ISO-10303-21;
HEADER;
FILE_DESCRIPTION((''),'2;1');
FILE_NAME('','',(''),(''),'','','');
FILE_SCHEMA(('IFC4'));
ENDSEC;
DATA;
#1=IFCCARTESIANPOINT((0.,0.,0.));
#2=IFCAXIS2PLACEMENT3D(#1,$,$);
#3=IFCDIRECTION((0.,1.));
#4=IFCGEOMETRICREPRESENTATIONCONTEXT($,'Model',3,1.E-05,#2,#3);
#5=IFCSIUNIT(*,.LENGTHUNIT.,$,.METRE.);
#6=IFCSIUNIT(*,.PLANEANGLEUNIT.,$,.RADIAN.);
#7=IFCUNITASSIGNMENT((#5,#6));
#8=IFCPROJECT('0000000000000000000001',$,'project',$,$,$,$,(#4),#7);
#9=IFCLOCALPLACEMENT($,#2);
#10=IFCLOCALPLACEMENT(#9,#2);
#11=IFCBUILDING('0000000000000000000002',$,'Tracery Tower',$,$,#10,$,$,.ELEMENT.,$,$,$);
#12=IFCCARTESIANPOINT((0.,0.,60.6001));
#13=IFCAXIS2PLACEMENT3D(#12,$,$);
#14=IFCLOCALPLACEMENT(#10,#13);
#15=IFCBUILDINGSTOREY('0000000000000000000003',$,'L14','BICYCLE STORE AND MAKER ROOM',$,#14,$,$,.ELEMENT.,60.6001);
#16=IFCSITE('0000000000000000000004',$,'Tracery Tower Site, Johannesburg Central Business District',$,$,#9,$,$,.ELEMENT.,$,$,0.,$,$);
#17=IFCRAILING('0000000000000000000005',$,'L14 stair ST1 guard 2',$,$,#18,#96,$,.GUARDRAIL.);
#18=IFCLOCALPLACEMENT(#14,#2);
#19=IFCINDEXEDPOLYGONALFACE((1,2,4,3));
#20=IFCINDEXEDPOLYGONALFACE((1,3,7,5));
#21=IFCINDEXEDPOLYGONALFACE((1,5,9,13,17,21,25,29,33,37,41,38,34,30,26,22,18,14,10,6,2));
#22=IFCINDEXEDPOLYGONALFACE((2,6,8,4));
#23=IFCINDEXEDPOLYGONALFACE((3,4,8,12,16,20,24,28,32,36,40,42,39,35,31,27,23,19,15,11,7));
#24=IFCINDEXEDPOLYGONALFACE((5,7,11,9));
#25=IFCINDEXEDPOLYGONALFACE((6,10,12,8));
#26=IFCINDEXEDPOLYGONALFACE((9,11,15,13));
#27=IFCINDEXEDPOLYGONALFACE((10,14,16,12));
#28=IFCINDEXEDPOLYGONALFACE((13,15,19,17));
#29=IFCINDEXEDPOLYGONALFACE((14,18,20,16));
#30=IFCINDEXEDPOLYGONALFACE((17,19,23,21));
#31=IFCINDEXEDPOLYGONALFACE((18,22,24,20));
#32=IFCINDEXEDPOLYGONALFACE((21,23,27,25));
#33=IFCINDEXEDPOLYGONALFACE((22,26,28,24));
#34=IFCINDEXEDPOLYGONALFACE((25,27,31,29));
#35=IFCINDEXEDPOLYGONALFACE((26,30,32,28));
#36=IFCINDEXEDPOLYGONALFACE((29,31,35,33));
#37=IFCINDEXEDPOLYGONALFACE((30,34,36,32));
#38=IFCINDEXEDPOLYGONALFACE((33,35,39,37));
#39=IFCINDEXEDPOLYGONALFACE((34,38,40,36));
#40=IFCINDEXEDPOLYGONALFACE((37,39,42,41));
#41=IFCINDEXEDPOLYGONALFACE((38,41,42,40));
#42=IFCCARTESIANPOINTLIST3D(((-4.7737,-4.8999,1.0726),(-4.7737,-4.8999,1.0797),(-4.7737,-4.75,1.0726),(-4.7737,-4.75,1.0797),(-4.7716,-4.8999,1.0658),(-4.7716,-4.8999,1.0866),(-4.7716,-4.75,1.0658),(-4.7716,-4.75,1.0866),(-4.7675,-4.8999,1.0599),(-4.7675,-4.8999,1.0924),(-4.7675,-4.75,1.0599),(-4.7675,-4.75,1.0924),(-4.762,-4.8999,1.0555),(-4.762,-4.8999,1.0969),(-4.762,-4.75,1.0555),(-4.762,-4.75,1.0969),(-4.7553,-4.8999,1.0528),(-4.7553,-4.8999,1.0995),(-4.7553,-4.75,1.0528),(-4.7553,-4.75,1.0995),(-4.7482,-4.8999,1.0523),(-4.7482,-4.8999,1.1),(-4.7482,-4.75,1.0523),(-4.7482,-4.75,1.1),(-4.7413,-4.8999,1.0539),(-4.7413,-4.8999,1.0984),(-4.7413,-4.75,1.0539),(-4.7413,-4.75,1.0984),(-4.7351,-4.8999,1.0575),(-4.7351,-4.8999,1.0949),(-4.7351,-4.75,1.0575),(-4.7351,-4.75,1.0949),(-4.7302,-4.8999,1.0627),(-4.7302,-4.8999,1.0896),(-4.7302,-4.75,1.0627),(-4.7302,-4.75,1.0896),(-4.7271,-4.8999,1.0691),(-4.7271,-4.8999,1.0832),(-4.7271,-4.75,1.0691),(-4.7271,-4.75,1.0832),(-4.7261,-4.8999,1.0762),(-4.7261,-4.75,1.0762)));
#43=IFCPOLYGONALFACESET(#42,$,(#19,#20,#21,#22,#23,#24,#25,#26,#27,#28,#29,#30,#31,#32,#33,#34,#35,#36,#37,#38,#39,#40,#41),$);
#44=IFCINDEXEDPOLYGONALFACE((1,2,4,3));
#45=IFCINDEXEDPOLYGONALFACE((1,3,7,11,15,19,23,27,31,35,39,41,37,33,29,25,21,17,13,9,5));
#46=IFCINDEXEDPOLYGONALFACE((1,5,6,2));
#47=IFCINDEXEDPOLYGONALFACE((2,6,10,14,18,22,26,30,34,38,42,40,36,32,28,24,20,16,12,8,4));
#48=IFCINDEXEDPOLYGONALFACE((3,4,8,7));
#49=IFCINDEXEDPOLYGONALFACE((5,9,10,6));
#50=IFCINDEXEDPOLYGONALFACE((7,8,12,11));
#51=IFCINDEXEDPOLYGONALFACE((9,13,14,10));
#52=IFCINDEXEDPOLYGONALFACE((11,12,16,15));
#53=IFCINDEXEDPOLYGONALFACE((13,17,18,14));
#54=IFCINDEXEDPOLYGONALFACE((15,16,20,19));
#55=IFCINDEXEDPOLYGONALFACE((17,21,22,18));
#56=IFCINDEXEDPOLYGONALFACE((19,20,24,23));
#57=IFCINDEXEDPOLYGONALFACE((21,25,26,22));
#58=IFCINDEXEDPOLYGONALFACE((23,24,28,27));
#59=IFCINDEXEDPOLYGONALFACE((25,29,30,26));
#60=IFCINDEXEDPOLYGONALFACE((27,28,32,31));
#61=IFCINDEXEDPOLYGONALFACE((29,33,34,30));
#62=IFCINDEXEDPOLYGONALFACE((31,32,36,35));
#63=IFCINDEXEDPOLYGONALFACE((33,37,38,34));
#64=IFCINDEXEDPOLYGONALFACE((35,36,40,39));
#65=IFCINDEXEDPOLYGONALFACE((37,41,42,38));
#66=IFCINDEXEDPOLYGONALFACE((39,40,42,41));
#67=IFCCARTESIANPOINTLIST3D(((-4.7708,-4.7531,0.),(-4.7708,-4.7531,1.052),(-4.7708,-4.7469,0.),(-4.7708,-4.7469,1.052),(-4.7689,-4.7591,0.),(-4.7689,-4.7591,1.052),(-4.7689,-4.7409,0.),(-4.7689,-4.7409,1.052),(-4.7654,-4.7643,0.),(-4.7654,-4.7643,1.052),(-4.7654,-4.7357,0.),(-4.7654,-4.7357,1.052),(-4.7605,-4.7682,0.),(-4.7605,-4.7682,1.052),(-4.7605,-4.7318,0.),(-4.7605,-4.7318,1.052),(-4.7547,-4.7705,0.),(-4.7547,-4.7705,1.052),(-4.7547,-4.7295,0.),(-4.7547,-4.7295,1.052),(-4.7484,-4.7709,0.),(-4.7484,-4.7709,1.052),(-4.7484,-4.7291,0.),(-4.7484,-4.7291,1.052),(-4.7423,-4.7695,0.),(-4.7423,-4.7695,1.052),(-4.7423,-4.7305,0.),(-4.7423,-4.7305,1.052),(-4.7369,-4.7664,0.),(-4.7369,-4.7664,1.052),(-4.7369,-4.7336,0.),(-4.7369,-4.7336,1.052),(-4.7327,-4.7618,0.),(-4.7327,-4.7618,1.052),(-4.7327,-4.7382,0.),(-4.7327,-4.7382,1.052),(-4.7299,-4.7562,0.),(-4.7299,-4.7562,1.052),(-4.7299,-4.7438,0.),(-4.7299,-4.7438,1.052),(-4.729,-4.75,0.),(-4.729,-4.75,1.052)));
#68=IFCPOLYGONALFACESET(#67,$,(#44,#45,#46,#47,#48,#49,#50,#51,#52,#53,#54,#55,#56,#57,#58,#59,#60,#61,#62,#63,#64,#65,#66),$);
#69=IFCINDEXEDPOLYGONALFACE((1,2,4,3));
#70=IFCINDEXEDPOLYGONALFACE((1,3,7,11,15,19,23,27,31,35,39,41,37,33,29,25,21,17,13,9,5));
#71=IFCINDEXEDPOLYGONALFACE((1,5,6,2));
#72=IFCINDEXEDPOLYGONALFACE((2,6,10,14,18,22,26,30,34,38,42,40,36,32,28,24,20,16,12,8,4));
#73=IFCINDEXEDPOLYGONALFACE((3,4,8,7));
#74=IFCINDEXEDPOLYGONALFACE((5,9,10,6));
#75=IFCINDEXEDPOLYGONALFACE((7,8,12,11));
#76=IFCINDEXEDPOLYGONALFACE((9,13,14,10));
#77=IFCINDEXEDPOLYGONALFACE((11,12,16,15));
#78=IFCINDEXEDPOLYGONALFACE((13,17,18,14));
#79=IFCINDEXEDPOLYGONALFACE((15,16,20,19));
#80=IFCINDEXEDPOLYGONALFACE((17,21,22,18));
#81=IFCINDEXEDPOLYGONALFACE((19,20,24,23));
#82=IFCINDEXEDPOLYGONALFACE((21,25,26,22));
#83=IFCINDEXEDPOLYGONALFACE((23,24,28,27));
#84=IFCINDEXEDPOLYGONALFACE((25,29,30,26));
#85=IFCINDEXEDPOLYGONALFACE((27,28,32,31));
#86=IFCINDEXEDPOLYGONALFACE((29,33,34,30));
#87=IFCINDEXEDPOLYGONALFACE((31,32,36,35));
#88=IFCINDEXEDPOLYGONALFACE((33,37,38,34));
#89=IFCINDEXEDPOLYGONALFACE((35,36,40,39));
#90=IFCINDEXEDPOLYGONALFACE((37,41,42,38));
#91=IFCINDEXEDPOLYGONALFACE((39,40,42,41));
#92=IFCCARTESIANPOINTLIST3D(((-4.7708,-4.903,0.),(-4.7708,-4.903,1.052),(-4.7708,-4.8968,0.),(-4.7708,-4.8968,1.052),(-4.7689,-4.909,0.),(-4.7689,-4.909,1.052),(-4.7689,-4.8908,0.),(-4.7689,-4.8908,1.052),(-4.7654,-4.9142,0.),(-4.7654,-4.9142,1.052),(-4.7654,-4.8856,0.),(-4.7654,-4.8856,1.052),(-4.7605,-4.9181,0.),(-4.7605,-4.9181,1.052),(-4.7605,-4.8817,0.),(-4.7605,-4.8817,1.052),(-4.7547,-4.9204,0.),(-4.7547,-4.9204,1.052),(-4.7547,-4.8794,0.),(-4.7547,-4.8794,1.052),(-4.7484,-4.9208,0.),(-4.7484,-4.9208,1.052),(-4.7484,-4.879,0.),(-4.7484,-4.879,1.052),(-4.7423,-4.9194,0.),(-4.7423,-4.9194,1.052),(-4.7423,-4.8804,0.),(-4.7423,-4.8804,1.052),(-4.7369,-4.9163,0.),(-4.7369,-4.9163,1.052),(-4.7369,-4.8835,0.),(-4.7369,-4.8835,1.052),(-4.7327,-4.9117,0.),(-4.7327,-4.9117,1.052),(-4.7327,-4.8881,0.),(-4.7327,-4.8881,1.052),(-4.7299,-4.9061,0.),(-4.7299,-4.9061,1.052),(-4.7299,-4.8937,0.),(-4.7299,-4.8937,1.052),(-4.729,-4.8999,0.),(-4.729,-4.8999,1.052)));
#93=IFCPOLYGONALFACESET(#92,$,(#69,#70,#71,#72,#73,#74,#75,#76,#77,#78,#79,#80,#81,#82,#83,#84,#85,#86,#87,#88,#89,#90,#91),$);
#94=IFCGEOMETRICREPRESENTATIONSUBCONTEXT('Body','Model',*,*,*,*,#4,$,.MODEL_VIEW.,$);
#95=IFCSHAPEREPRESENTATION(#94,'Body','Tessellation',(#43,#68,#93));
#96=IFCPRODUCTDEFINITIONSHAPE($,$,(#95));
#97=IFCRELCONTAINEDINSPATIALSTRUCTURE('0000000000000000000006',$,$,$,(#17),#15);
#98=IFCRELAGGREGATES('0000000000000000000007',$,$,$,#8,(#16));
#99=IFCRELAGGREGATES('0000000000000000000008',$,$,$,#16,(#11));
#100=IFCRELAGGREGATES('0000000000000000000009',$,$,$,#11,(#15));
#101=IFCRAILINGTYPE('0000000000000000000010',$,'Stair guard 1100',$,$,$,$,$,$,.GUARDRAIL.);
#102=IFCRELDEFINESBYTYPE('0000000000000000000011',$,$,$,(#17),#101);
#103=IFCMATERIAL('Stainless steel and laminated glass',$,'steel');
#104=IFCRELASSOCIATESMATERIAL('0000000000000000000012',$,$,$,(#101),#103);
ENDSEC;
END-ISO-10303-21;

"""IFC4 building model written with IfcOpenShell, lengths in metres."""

from ifc_helpers import new_model, si_unit, direction, frame, origin, origin_2d, place, context, subcontext, project, spatial, circle, extrude, material, type_object, element, save


model = new_model("IFC4")

# Units and contexts
model_context = context("Model", 3, precision=1e-05, world=origin(), true_north=direction((0.0, 1.0)))
body_context = subcontext(model_context, "Body", "Model", "MODEL_VIEW")
ifc_project = project(units=[si_unit("LENGTHUNIT", "METRE"), si_unit("PLANEANGLEUNIT", "RADIAN")], contexts=[model_context])

# Site, building, storey
site_placement = place(None, origin())
site = spatial("IfcSite", under=ifc_project, at=site_placement, Name="Tracery Tower Site, Johannesburg Central Business District", CompositionType="ELEMENT", RefElevation=0.0)
building_placement = place(site_placement, origin())
building = spatial("IfcBuilding", under=site, at=building_placement, Name="Tracery Tower", CompositionType="ELEMENT")
storey_placement = place(building_placement, frame((0.0, 0.0, 60.6001)))
storey = spatial("IfcBuildingStorey", under=building, at=storey_placement, Name="L14", Description="BICYCLE STORE AND MAKER ROOM", CompositionType="ELEMENT", Elevation=60.6001)

# Railing
ifc_material_1 = material(Name="Stainless steel and laminated glass", Category="steel")
railing_type_1 = type_object("IfcRailingType", Name="Stair guard 1100", PredefinedType="GUARDRAIL", material=ifc_material_1)
railing_1_placement = place(storey_placement, frame((-4.75, -4.75, 0.0)))
element("IfcRailing", 1, at=railing_1_placement, inside=storey, type_object=railing_type_1, Name="L14 stair ST1 guard 2", PredefinedType="GUARDRAIL", context=body_context, shape_type="SweptSolid", body=[
    extrude(circle(Radius=0.0239, at=origin_2d()), frame((0.0, 0.0, 1.0762), z_axis=(0.0, -1.0, 0.0), x_axis=(1.0, 0.0, 0.0)), (0.0, 0.0, 1.0), 0.1499),
    extrude(circle(Radius=0.021, at=origin_2d()), origin(), (0.0, 0.0, 1.0), 1.052),
    extrude(circle(Radius=0.021, at=origin_2d()), frame((0.0, -0.1499, 0.0)), (0.0, 0.0, 1.0), 1.052),
])

save(model, "model.ifc")
